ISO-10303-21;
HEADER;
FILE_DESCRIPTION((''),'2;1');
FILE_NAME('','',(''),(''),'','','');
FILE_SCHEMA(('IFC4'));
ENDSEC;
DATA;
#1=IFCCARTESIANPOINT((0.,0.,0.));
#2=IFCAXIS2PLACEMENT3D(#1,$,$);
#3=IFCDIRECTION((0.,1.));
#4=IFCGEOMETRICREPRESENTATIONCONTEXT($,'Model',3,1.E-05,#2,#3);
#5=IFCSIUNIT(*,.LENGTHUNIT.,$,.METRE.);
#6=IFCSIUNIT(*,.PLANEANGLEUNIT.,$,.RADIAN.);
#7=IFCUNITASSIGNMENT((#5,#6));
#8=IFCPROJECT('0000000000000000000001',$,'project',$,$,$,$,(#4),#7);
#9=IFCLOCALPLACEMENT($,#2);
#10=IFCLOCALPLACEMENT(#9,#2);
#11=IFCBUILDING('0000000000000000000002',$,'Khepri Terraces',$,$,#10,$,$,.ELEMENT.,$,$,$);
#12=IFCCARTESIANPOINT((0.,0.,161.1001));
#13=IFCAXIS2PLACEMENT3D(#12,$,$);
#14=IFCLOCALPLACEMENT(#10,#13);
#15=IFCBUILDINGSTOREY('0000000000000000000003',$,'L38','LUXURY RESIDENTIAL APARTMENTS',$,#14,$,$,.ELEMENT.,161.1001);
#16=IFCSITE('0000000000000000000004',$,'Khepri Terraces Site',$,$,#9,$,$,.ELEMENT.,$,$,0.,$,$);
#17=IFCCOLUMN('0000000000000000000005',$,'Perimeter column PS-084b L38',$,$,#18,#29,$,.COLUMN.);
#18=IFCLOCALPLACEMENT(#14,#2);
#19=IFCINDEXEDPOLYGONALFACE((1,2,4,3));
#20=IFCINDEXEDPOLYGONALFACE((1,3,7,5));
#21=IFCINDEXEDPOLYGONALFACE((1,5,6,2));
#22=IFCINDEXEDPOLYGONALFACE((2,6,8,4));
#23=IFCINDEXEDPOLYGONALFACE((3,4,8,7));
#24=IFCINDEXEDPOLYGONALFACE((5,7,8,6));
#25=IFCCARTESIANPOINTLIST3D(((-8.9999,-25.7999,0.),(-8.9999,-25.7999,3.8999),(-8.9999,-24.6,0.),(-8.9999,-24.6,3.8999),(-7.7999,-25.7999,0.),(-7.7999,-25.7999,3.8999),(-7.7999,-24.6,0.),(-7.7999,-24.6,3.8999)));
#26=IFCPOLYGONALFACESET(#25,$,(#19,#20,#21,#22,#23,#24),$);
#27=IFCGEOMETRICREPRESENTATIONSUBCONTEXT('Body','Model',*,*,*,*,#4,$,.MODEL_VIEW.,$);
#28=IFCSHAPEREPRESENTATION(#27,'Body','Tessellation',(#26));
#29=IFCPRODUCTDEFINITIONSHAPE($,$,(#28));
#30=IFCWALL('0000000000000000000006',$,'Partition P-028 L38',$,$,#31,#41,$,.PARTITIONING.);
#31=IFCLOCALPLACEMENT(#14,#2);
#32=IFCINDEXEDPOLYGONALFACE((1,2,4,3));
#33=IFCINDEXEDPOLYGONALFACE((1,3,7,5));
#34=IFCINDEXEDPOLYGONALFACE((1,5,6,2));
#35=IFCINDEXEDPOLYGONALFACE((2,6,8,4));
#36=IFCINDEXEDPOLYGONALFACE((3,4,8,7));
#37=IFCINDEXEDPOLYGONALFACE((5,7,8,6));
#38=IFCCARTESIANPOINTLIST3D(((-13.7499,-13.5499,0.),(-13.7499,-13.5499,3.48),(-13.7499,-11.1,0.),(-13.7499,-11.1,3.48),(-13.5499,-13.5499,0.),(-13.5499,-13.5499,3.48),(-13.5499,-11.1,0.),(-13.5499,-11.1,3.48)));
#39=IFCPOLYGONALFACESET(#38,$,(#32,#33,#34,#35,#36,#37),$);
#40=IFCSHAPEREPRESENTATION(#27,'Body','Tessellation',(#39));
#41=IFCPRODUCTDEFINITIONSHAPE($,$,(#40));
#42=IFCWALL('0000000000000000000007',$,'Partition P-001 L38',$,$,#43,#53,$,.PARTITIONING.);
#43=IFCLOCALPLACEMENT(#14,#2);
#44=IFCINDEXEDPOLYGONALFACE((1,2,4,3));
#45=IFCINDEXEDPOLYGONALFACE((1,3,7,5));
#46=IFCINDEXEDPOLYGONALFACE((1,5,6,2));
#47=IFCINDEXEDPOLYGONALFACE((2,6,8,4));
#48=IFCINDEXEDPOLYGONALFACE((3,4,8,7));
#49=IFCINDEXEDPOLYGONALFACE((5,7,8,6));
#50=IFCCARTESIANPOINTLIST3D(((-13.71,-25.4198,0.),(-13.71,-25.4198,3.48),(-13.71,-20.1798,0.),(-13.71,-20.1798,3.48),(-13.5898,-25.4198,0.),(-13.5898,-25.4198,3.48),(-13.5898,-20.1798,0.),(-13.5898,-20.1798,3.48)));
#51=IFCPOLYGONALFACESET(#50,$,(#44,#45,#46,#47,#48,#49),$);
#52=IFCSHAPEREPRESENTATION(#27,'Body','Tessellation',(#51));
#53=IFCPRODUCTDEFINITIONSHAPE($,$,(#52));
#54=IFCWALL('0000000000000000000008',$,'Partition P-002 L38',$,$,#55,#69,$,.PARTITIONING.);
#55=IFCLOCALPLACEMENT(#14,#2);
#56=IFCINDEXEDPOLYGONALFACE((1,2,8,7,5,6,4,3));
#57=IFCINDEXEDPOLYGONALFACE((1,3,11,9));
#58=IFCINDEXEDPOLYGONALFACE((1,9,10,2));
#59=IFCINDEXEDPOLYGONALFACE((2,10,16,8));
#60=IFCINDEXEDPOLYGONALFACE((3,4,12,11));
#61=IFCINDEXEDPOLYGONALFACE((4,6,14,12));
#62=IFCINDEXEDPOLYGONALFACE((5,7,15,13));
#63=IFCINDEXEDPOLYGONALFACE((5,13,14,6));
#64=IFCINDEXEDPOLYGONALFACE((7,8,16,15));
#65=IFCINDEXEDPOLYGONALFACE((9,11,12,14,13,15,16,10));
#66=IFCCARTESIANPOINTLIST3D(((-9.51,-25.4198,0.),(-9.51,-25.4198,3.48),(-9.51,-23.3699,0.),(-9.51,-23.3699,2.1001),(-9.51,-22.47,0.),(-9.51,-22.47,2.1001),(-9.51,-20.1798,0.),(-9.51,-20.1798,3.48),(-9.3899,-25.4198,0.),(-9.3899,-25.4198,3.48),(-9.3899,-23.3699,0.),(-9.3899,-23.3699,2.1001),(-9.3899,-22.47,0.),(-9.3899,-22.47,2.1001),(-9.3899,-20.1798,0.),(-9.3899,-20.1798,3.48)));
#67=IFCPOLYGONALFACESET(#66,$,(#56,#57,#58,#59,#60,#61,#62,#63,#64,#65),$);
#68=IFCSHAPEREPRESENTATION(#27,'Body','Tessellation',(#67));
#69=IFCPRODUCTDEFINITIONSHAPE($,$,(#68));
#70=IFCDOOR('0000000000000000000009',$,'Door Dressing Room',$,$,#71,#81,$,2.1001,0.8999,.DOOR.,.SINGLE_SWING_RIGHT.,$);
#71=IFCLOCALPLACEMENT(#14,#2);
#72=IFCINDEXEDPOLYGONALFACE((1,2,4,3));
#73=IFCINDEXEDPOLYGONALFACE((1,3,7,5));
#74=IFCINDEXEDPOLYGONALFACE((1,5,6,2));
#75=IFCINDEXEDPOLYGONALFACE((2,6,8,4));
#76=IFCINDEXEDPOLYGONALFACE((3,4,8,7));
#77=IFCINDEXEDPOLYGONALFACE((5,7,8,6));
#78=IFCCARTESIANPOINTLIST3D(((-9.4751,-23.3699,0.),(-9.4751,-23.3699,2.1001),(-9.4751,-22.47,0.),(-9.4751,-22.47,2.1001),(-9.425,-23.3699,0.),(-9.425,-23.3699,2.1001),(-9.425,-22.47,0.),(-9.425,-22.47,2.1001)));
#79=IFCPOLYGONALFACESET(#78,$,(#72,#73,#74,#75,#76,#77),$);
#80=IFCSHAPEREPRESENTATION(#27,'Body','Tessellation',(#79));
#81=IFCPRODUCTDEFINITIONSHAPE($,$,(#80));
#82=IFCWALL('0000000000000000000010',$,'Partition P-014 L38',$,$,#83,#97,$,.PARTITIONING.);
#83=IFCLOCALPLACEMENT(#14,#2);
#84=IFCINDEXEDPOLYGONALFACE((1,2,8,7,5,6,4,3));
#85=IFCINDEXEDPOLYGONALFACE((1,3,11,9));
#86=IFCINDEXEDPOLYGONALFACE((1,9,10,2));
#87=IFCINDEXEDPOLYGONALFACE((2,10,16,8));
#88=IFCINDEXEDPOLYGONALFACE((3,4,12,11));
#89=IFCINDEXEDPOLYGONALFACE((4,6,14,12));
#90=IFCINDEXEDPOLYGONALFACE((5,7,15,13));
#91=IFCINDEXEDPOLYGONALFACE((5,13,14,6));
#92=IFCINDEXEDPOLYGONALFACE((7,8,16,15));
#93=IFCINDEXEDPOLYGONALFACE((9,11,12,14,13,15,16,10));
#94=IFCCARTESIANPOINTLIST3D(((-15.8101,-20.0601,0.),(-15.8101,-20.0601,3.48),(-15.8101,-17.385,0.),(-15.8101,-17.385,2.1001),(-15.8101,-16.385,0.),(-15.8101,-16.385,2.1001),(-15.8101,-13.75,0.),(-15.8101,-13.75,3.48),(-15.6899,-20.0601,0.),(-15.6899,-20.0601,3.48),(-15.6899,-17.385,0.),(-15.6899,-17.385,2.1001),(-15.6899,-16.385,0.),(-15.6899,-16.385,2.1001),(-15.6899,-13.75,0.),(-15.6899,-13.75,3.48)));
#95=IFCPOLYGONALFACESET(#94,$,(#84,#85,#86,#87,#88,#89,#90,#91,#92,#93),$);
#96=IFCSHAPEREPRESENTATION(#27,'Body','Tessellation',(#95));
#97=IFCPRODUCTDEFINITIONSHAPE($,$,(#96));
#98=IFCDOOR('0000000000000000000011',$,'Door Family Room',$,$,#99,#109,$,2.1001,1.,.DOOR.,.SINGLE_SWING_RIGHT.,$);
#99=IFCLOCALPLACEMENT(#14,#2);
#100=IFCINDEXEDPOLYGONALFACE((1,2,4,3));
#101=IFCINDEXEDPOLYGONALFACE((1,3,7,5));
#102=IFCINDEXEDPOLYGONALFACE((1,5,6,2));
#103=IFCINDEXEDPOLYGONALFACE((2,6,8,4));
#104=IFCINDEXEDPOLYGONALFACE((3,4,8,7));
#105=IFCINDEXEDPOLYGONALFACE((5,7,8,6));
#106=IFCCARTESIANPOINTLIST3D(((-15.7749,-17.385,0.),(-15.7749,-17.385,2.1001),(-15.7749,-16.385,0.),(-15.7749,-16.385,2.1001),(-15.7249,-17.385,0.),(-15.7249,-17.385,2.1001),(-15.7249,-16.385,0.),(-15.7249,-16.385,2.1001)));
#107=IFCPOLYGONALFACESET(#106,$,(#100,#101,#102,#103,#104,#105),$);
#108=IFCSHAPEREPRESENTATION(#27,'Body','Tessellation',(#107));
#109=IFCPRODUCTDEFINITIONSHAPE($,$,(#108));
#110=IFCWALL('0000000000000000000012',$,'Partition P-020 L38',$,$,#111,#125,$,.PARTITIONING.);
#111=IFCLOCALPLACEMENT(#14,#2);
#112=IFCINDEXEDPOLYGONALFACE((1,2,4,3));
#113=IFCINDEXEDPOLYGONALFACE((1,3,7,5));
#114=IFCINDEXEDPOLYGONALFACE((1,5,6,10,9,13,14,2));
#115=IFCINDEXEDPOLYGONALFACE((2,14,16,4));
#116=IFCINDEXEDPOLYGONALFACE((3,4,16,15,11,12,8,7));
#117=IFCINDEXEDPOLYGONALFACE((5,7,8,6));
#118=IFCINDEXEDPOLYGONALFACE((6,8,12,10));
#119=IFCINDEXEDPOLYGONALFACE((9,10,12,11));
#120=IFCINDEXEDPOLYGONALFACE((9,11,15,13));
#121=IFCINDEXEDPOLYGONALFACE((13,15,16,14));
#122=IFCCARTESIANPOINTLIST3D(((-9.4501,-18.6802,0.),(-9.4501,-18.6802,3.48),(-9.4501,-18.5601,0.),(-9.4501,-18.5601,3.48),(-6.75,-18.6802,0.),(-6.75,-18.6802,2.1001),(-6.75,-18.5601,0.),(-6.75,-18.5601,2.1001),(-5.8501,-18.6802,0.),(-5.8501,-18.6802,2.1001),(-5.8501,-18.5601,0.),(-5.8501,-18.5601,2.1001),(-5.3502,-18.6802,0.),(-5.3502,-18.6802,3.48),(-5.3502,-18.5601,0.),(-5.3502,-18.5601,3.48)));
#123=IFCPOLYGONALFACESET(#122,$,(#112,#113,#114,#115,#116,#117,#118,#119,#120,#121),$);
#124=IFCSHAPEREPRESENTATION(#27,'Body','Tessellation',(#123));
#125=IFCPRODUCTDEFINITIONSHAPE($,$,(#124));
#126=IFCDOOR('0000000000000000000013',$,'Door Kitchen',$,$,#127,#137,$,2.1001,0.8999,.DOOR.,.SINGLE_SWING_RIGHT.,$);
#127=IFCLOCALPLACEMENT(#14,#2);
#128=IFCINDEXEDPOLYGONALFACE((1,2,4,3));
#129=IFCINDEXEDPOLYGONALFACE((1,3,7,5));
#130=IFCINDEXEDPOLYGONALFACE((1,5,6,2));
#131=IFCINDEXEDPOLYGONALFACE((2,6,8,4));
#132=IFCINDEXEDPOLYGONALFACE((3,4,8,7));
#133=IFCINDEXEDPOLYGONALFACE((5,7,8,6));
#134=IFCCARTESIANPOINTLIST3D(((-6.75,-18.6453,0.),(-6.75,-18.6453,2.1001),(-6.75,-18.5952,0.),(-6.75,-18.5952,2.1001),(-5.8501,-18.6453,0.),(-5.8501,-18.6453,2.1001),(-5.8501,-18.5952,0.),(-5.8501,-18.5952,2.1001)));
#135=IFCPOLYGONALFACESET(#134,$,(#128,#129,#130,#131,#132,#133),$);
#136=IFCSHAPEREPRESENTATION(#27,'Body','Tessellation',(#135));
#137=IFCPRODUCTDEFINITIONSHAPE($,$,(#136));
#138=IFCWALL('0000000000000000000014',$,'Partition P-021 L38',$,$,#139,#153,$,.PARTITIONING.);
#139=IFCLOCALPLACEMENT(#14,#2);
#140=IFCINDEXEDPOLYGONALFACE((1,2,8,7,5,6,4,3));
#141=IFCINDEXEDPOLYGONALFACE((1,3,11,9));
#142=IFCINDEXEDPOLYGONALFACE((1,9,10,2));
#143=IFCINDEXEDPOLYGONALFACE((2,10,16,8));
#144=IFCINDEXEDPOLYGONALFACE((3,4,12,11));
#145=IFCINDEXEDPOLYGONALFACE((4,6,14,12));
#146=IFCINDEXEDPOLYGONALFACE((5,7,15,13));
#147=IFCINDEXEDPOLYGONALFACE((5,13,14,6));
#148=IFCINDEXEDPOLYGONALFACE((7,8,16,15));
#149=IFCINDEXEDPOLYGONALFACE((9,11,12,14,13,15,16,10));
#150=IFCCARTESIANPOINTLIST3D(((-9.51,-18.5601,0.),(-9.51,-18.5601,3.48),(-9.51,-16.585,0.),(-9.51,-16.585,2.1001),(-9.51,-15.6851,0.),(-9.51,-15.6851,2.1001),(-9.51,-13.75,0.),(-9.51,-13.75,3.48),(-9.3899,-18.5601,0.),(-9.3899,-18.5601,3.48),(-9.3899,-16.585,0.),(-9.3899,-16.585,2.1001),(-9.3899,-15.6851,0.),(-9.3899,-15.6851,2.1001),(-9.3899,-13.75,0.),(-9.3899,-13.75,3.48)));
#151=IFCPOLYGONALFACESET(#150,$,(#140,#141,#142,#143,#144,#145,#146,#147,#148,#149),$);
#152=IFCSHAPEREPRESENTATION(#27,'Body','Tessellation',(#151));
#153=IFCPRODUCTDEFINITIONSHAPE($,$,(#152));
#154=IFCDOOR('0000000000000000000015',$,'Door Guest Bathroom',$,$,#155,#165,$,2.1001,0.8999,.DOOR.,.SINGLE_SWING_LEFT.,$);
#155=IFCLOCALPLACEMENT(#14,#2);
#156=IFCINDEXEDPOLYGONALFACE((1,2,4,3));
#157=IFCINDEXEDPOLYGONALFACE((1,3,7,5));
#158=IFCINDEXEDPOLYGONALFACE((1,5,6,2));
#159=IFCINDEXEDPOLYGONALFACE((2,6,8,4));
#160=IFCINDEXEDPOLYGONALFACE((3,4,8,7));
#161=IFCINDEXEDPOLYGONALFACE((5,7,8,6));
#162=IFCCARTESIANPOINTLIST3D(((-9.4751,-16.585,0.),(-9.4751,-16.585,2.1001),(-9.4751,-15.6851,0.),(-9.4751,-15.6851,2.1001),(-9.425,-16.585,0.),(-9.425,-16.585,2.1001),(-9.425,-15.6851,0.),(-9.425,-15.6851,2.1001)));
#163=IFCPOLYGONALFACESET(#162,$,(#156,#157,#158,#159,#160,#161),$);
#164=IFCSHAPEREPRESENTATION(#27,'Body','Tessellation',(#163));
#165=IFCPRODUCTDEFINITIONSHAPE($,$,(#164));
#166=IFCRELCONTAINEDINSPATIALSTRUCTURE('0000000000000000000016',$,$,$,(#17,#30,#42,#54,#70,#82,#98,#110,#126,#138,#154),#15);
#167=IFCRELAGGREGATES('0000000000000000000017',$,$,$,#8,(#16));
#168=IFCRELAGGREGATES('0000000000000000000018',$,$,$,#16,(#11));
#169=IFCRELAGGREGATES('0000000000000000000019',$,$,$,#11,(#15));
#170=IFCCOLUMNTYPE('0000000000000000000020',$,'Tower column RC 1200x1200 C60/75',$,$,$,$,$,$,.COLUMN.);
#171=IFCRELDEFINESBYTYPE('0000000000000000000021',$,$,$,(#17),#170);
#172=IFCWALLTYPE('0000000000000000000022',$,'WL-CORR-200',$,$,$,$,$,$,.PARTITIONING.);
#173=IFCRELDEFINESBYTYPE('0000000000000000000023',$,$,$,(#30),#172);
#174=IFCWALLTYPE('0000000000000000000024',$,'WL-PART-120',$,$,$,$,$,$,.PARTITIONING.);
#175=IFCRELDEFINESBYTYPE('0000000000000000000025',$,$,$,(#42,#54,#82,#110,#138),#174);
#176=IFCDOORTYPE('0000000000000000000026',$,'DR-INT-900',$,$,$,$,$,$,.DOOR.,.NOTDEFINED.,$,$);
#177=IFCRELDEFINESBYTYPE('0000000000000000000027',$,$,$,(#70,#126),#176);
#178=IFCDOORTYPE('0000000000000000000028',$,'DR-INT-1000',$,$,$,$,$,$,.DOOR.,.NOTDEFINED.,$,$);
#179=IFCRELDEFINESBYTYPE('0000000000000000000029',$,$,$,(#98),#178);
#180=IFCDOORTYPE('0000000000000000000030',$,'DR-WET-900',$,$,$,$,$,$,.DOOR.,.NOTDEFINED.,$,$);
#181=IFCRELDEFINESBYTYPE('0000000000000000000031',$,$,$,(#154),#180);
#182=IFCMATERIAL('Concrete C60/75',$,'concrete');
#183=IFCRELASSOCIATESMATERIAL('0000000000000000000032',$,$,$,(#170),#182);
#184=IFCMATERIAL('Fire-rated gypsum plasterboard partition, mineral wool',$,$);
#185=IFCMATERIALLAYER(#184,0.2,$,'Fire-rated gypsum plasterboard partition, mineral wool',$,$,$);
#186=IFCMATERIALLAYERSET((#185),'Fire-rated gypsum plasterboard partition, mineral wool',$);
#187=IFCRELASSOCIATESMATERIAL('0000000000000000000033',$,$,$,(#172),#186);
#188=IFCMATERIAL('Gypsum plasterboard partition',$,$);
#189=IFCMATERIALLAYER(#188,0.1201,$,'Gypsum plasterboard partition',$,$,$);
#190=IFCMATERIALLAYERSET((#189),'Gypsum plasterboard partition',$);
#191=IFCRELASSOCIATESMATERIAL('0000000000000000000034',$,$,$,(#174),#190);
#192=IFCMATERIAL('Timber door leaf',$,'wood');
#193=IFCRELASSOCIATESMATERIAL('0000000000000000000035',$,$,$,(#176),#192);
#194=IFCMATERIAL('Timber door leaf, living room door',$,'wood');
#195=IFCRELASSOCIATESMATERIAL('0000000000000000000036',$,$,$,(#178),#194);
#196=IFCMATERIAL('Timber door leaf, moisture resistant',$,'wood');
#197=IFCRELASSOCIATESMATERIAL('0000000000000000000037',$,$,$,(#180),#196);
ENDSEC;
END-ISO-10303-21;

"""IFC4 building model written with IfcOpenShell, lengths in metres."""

from ifc_helpers import new_model, si_unit, direction, frame, frame_2d, origin, origin_2d, place, context, subcontext, project, spatial, rectangle, extrude, material, layer, layer_set, material_profile, profile_set, type_object, element, fill, save


model = new_model("IFC4")

# Units and contexts
model_context = context("Model", 3, precision=1e-05, world=origin(), true_north=direction((0.0, 1.0)))
body_context = subcontext(model_context, "Body", "Model", "MODEL_VIEW")
ifc_project = project(units=[si_unit("LENGTHUNIT", "METRE"), si_unit("PLANEANGLEUNIT", "RADIAN")], contexts=[model_context])

# Site, building, storey
site_placement = place(None, origin())
site = spatial("IfcSite", under=ifc_project, at=site_placement, Name="Khepri Terraces Site", CompositionType="ELEMENT", RefElevation=0.0)
building_placement = place(site_placement, origin())
building = spatial("IfcBuilding", under=site, at=building_placement, Name="Khepri Terraces", CompositionType="ELEMENT")
storey_placement = place(building_placement, frame((0.0, 0.0, 161.1001)))
storey = spatial("IfcBuildingStorey", under=building, at=storey_placement, Name="L38", Description="LUXURY RESIDENTIAL APARTMENTS", CompositionType="ELEMENT", Elevation=161.1001)

# Column
ifc_material_1 = material(Name="Concrete C60/75", Category="concrete")
ifc_material_profile = material_profile(ifc_material_1, rectangle(XDim=1.2, YDim=1.2, at=origin_2d()), Name="Concrete C60/75", Category="concrete")
ifc_profile_set = profile_set([ifc_material_profile], Name="Concrete C60/75")
column_type = type_object("IfcColumnType", Name="Tower column RC 1200x1200 C60/75", PredefinedType="COLUMN", material=ifc_profile_set)
column_placement = place(storey_placement, frame((-8.3999, -25.2, 0.0), z_axis=(0.0, 0.0, 1.0), x_axis=(1.0, 0.0, 0.0)))
element("IfcColumn", 1, at=column_placement, inside=storey, type_object=column_type, Name="Perimeter column PS-084b L38", PredefinedType="COLUMN", context=body_context, shape_type="SweptSolid", body=[
    extrude(rectangle(XDim=1.2, YDim=1.2, at=origin_2d()), origin(), (0.0, 0.0, 1.0), 3.8999),
])

# Wall
ifc_material_2 = material(Name="Fire-rated gypsum plasterboard partition, mineral wool")
ifc_layer_1 = layer(ifc_material_2, 0.2, Name="Fire-rated gypsum plasterboard partition, mineral wool")
ifc_layer_set_1 = layer_set([ifc_layer_1], Name="Fire-rated gypsum plasterboard partition, mineral wool")
wall_type_1 = type_object("IfcWallType", Name="WL-CORR-200", PredefinedType="PARTITIONING", material=ifc_layer_set_1)
wall_1_placement = place(storey_placement, frame((-13.6499, -13.55, 0.0), z_axis=(0.0, 0.0, 1.0), x_axis=(0.0, 1.0, 0.0)))
element("IfcWall", 2, at=wall_1_placement, inside=storey, type_object=wall_type_1, Name="Partition P-028 L38", PredefinedType="PARTITIONING", context=body_context, shape_type="SweptSolid", body=[
    extrude(rectangle(XDim=2.45, YDim=0.2, at=frame_2d((1.2251, 0.0))), origin(), (0.0, 0.0, 1.0), 3.48),
])

# Wall
ifc_material_3 = material(Name="Gypsum plasterboard partition")
ifc_layer_2 = layer(ifc_material_3, 0.1201, Name="Gypsum plasterboard partition")
ifc_layer_set_2 = layer_set([ifc_layer_2], Name="Gypsum plasterboard partition")
wall_type_2 = type_object("IfcWallType", Name="WL-PART-120", PredefinedType="PARTITIONING", material=ifc_layer_set_2)
wall_2_placement = place(storey_placement, frame((-13.6499, -25.4199, 0.0), z_axis=(0.0, 0.0, 1.0), x_axis=(0.0, 1.0, 0.0)))
element("IfcWall", 3, at=wall_2_placement, inside=storey, type_object=wall_type_2, Name="Partition P-001 L38", PredefinedType="PARTITIONING", context=body_context, shape_type="SweptSolid", body=[
    extrude(rectangle(XDim=5.24, YDim=0.1201, at=frame_2d((2.6201, 0.0))), origin(), (0.0, 0.0, 1.0), 3.48),
])

# Walls, openings, doors
wall_3_placement = place(storey_placement, frame((-9.45, -25.4199, 0.0), z_axis=(0.0, 0.0, 1.0), x_axis=(0.0, 1.0, 0.0)))
wall_3 = element("IfcWall", 4, at=wall_3_placement, inside=storey, type_object=wall_type_2, Name="Partition P-002 L38", PredefinedType="PARTITIONING", context=body_context, shape_type="SweptSolid", body=[
    extrude(rectangle(XDim=5.24, YDim=0.1201, at=frame_2d((2.6201, 0.0))), origin(), (0.0, 0.0, 1.0), 3.48),
])
opening_1_placement = place(wall_3_placement, frame((2.05, 0.0, 0.0)))
opening_1 = element("IfcOpeningElement", 5, at=opening_1_placement, cuts=wall_3, PredefinedType="OPENING", context=body_context, shape_type="SweptSolid", body=[
    extrude(rectangle(XDim=0.8999, YDim=2.1001, at=frame_2d((0.45, 1.05))), frame((0.0, 0.0701, 0.0), z_axis=(0.0, -1.0, 0.0), x_axis=(1.0, 0.0, 0.0)), (0.0, 0.0, 1.0), 0.1401),
])
ifc_material_4 = material(Name="Timber door leaf", Category="wood")
door_type_1 = type_object("IfcDoorType", Name="DR-INT-900", OperationType="NOTDEFINED", PredefinedType="DOOR", material=ifc_material_4)
door_1_placement = place(opening_1_placement, frame((0.8999, 0.0, 0.0), z_axis=(0.0, 0.0, 1.0), x_axis=(-1.0, 0.0, 0.0)))
door_1 = element("IfcDoor", 6, at=door_1_placement, inside=storey, type_object=door_type_1, Name="Door Dressing Room", OperationType="SINGLE_SWING_RIGHT", OverallHeight=2.1001, OverallWidth=0.8999, PredefinedType="DOOR", context=body_context, shape_type="SweptSolid", body=[
    extrude(rectangle(XDim=0.8999, YDim=2.1001, at=frame_2d((0.45, 1.05))), frame((0.0, 0.0249, 0.0), z_axis=(0.0, -1.0, 0.0), x_axis=(1.0, 0.0, 0.0)), (0.0, 0.0, 1.0), 0.05),
])
fill(opening_1, door_1)
wall_4_placement = place(storey_placement, frame((-15.75, -20.0601, 0.0), z_axis=(0.0, 0.0, 1.0), x_axis=(0.0, 1.0, 0.0)))
wall_4 = element("IfcWall", 7, at=wall_4_placement, inside=storey, type_object=wall_type_2, Name="Partition P-014 L38", PredefinedType="PARTITIONING", context=body_context, shape_type="SweptSolid", body=[
    extrude(rectangle(XDim=6.3101, YDim=0.1201, at=frame_2d((3.155, 0.0))), origin(), (0.0, 0.0, 1.0), 3.48),
])
opening_2_placement = place(wall_4_placement, frame((2.675, 0.0, 0.0)))
opening_2 = element("IfcOpeningElement", 8, at=opening_2_placement, cuts=wall_4, PredefinedType="OPENING", context=body_context, shape_type="SweptSolid", body=[
    extrude(rectangle(XDim=1.0, YDim=2.1001, at=frame_2d((0.5, 1.05))), frame((0.0, 0.0701, 0.0), z_axis=(0.0, -1.0, 0.0), x_axis=(1.0, 0.0, 0.0)), (0.0, 0.0, 1.0), 0.1401),
])
ifc_material_5 = material(Name="Timber door leaf, living room door", Category="wood")
door_type_2 = type_object("IfcDoorType", Name="DR-INT-1000", OperationType="NOTDEFINED", PredefinedType="DOOR", material=ifc_material_5)
door_2_placement = place(opening_2_placement, origin())
door_2 = element("IfcDoor", 9, at=door_2_placement, inside=storey, type_object=door_type_2, Name="Door Family Room", OperationType="SINGLE_SWING_RIGHT", OverallHeight=2.1001, OverallWidth=1.0, PredefinedType="DOOR", context=body_context, shape_type="SweptSolid", body=[
    extrude(rectangle(XDim=1.0, YDim=2.1001, at=frame_2d((0.5, 1.05))), frame((0.0, 0.0249, 0.0), z_axis=(0.0, -1.0, 0.0), x_axis=(1.0, 0.0, 0.0)), (0.0, 0.0, 1.0), 0.05),
])
fill(opening_2, door_2)
wall_5_placement = place(storey_placement, frame((-9.45, -18.6201, 0.0), z_axis=(0.0, 0.0, 1.0), x_axis=(1.0, 0.0, 0.0)))
wall_5 = element("IfcWall", 10, at=wall_5_placement, inside=storey, type_object=wall_type_2, Name="Partition P-020 L38", PredefinedType="PARTITIONING", context=body_context, shape_type="SweptSolid", body=[
    extrude(rectangle(XDim=4.0999, YDim=0.1201, at=frame_2d((2.0498, 0.0))), origin(), (0.0, 0.0, 1.0), 3.48),
])
opening_3_placement = place(wall_5_placement, frame((2.7, 0.0, 0.0)))
opening_3 = element("IfcOpeningElement", 11, at=opening_3_placement, cuts=wall_5, PredefinedType="OPENING", context=body_context, shape_type="SweptSolid", body=[
    extrude(rectangle(XDim=0.8999, YDim=2.1001, at=frame_2d((0.45, 1.05))), frame((0.0, 0.0701, 0.0), z_axis=(0.0, -1.0, 0.0), x_axis=(1.0, 0.0, 0.0)), (0.0, 0.0, 1.0), 0.1401),
])
door_3_placement = place(opening_3_placement, origin())
door_3 = element("IfcDoor", 12, at=door_3_placement, inside=storey, type_object=door_type_1, Name="Door Kitchen", OperationType="SINGLE_SWING_RIGHT", OverallHeight=2.1001, OverallWidth=0.8999, PredefinedType="DOOR", context=body_context, shape_type="SweptSolid", body=[
    extrude(rectangle(XDim=0.8999, YDim=2.1001, at=frame_2d((0.45, 1.05))), frame((0.0, 0.0249, 0.0), z_axis=(0.0, -1.0, 0.0), x_axis=(1.0, 0.0, 0.0)), (0.0, 0.0, 1.0), 0.05),
])
fill(opening_3, door_3)
wall_6_placement = place(storey_placement, frame((-9.45, -18.5601, 0.0), z_axis=(0.0, 0.0, 1.0), x_axis=(0.0, 1.0, 0.0)))
wall_6 = element("IfcWall", 13, at=wall_6_placement, inside=storey, type_object=wall_type_2, Name="Partition P-021 L38", PredefinedType="PARTITIONING", context=body_context, shape_type="SweptSolid", body=[
    extrude(rectangle(XDim=4.8101, YDim=0.1201, at=frame_2d((2.405, 0.0))), origin(), (0.0, 0.0, 1.0), 3.48),
])
opening_4_placement = place(wall_6_placement, frame((1.9751, 0.0, 0.0)))
opening_4 = element("IfcOpeningElement", 14, at=opening_4_placement, cuts=wall_6, PredefinedType="OPENING", context=body_context, shape_type="SweptSolid", body=[
    extrude(rectangle(XDim=0.8999, YDim=2.1001, at=frame_2d((0.45, 1.05))), frame((0.0, 0.0701, 0.0), z_axis=(0.0, -1.0, 0.0), x_axis=(1.0, 0.0, 0.0)), (0.0, 0.0, 1.0), 0.1401),
])
ifc_material_6 = material(Name="Timber door leaf, moisture resistant", Category="wood")
door_type_3 = type_object("IfcDoorType", Name="DR-WET-900", OperationType="NOTDEFINED", PredefinedType="DOOR", material=ifc_material_6)
door_4_placement = place(opening_4_placement, frame((0.8999, 0.0, 0.0), z_axis=(0.0, 0.0, 1.0), x_axis=(-1.0, 0.0, 0.0)))
door_4 = element("IfcDoor", 15, at=door_4_placement, inside=storey, type_object=door_type_3, Name="Door Guest Bathroom", OperationType="SINGLE_SWING_LEFT", OverallHeight=2.1001, OverallWidth=0.8999, PredefinedType="DOOR", context=body_context, shape_type="SweptSolid", body=[
    extrude(rectangle(XDim=0.8999, YDim=2.1001, at=frame_2d((0.45, 1.05))), frame((0.0, 0.0249, 0.0), z_axis=(0.0, -1.0, 0.0), x_axis=(1.0, 0.0, 0.0)), (0.0, 0.0, 1.0), 0.05),
])
fill(opening_4, door_4)

save(model, "model.ifc")
